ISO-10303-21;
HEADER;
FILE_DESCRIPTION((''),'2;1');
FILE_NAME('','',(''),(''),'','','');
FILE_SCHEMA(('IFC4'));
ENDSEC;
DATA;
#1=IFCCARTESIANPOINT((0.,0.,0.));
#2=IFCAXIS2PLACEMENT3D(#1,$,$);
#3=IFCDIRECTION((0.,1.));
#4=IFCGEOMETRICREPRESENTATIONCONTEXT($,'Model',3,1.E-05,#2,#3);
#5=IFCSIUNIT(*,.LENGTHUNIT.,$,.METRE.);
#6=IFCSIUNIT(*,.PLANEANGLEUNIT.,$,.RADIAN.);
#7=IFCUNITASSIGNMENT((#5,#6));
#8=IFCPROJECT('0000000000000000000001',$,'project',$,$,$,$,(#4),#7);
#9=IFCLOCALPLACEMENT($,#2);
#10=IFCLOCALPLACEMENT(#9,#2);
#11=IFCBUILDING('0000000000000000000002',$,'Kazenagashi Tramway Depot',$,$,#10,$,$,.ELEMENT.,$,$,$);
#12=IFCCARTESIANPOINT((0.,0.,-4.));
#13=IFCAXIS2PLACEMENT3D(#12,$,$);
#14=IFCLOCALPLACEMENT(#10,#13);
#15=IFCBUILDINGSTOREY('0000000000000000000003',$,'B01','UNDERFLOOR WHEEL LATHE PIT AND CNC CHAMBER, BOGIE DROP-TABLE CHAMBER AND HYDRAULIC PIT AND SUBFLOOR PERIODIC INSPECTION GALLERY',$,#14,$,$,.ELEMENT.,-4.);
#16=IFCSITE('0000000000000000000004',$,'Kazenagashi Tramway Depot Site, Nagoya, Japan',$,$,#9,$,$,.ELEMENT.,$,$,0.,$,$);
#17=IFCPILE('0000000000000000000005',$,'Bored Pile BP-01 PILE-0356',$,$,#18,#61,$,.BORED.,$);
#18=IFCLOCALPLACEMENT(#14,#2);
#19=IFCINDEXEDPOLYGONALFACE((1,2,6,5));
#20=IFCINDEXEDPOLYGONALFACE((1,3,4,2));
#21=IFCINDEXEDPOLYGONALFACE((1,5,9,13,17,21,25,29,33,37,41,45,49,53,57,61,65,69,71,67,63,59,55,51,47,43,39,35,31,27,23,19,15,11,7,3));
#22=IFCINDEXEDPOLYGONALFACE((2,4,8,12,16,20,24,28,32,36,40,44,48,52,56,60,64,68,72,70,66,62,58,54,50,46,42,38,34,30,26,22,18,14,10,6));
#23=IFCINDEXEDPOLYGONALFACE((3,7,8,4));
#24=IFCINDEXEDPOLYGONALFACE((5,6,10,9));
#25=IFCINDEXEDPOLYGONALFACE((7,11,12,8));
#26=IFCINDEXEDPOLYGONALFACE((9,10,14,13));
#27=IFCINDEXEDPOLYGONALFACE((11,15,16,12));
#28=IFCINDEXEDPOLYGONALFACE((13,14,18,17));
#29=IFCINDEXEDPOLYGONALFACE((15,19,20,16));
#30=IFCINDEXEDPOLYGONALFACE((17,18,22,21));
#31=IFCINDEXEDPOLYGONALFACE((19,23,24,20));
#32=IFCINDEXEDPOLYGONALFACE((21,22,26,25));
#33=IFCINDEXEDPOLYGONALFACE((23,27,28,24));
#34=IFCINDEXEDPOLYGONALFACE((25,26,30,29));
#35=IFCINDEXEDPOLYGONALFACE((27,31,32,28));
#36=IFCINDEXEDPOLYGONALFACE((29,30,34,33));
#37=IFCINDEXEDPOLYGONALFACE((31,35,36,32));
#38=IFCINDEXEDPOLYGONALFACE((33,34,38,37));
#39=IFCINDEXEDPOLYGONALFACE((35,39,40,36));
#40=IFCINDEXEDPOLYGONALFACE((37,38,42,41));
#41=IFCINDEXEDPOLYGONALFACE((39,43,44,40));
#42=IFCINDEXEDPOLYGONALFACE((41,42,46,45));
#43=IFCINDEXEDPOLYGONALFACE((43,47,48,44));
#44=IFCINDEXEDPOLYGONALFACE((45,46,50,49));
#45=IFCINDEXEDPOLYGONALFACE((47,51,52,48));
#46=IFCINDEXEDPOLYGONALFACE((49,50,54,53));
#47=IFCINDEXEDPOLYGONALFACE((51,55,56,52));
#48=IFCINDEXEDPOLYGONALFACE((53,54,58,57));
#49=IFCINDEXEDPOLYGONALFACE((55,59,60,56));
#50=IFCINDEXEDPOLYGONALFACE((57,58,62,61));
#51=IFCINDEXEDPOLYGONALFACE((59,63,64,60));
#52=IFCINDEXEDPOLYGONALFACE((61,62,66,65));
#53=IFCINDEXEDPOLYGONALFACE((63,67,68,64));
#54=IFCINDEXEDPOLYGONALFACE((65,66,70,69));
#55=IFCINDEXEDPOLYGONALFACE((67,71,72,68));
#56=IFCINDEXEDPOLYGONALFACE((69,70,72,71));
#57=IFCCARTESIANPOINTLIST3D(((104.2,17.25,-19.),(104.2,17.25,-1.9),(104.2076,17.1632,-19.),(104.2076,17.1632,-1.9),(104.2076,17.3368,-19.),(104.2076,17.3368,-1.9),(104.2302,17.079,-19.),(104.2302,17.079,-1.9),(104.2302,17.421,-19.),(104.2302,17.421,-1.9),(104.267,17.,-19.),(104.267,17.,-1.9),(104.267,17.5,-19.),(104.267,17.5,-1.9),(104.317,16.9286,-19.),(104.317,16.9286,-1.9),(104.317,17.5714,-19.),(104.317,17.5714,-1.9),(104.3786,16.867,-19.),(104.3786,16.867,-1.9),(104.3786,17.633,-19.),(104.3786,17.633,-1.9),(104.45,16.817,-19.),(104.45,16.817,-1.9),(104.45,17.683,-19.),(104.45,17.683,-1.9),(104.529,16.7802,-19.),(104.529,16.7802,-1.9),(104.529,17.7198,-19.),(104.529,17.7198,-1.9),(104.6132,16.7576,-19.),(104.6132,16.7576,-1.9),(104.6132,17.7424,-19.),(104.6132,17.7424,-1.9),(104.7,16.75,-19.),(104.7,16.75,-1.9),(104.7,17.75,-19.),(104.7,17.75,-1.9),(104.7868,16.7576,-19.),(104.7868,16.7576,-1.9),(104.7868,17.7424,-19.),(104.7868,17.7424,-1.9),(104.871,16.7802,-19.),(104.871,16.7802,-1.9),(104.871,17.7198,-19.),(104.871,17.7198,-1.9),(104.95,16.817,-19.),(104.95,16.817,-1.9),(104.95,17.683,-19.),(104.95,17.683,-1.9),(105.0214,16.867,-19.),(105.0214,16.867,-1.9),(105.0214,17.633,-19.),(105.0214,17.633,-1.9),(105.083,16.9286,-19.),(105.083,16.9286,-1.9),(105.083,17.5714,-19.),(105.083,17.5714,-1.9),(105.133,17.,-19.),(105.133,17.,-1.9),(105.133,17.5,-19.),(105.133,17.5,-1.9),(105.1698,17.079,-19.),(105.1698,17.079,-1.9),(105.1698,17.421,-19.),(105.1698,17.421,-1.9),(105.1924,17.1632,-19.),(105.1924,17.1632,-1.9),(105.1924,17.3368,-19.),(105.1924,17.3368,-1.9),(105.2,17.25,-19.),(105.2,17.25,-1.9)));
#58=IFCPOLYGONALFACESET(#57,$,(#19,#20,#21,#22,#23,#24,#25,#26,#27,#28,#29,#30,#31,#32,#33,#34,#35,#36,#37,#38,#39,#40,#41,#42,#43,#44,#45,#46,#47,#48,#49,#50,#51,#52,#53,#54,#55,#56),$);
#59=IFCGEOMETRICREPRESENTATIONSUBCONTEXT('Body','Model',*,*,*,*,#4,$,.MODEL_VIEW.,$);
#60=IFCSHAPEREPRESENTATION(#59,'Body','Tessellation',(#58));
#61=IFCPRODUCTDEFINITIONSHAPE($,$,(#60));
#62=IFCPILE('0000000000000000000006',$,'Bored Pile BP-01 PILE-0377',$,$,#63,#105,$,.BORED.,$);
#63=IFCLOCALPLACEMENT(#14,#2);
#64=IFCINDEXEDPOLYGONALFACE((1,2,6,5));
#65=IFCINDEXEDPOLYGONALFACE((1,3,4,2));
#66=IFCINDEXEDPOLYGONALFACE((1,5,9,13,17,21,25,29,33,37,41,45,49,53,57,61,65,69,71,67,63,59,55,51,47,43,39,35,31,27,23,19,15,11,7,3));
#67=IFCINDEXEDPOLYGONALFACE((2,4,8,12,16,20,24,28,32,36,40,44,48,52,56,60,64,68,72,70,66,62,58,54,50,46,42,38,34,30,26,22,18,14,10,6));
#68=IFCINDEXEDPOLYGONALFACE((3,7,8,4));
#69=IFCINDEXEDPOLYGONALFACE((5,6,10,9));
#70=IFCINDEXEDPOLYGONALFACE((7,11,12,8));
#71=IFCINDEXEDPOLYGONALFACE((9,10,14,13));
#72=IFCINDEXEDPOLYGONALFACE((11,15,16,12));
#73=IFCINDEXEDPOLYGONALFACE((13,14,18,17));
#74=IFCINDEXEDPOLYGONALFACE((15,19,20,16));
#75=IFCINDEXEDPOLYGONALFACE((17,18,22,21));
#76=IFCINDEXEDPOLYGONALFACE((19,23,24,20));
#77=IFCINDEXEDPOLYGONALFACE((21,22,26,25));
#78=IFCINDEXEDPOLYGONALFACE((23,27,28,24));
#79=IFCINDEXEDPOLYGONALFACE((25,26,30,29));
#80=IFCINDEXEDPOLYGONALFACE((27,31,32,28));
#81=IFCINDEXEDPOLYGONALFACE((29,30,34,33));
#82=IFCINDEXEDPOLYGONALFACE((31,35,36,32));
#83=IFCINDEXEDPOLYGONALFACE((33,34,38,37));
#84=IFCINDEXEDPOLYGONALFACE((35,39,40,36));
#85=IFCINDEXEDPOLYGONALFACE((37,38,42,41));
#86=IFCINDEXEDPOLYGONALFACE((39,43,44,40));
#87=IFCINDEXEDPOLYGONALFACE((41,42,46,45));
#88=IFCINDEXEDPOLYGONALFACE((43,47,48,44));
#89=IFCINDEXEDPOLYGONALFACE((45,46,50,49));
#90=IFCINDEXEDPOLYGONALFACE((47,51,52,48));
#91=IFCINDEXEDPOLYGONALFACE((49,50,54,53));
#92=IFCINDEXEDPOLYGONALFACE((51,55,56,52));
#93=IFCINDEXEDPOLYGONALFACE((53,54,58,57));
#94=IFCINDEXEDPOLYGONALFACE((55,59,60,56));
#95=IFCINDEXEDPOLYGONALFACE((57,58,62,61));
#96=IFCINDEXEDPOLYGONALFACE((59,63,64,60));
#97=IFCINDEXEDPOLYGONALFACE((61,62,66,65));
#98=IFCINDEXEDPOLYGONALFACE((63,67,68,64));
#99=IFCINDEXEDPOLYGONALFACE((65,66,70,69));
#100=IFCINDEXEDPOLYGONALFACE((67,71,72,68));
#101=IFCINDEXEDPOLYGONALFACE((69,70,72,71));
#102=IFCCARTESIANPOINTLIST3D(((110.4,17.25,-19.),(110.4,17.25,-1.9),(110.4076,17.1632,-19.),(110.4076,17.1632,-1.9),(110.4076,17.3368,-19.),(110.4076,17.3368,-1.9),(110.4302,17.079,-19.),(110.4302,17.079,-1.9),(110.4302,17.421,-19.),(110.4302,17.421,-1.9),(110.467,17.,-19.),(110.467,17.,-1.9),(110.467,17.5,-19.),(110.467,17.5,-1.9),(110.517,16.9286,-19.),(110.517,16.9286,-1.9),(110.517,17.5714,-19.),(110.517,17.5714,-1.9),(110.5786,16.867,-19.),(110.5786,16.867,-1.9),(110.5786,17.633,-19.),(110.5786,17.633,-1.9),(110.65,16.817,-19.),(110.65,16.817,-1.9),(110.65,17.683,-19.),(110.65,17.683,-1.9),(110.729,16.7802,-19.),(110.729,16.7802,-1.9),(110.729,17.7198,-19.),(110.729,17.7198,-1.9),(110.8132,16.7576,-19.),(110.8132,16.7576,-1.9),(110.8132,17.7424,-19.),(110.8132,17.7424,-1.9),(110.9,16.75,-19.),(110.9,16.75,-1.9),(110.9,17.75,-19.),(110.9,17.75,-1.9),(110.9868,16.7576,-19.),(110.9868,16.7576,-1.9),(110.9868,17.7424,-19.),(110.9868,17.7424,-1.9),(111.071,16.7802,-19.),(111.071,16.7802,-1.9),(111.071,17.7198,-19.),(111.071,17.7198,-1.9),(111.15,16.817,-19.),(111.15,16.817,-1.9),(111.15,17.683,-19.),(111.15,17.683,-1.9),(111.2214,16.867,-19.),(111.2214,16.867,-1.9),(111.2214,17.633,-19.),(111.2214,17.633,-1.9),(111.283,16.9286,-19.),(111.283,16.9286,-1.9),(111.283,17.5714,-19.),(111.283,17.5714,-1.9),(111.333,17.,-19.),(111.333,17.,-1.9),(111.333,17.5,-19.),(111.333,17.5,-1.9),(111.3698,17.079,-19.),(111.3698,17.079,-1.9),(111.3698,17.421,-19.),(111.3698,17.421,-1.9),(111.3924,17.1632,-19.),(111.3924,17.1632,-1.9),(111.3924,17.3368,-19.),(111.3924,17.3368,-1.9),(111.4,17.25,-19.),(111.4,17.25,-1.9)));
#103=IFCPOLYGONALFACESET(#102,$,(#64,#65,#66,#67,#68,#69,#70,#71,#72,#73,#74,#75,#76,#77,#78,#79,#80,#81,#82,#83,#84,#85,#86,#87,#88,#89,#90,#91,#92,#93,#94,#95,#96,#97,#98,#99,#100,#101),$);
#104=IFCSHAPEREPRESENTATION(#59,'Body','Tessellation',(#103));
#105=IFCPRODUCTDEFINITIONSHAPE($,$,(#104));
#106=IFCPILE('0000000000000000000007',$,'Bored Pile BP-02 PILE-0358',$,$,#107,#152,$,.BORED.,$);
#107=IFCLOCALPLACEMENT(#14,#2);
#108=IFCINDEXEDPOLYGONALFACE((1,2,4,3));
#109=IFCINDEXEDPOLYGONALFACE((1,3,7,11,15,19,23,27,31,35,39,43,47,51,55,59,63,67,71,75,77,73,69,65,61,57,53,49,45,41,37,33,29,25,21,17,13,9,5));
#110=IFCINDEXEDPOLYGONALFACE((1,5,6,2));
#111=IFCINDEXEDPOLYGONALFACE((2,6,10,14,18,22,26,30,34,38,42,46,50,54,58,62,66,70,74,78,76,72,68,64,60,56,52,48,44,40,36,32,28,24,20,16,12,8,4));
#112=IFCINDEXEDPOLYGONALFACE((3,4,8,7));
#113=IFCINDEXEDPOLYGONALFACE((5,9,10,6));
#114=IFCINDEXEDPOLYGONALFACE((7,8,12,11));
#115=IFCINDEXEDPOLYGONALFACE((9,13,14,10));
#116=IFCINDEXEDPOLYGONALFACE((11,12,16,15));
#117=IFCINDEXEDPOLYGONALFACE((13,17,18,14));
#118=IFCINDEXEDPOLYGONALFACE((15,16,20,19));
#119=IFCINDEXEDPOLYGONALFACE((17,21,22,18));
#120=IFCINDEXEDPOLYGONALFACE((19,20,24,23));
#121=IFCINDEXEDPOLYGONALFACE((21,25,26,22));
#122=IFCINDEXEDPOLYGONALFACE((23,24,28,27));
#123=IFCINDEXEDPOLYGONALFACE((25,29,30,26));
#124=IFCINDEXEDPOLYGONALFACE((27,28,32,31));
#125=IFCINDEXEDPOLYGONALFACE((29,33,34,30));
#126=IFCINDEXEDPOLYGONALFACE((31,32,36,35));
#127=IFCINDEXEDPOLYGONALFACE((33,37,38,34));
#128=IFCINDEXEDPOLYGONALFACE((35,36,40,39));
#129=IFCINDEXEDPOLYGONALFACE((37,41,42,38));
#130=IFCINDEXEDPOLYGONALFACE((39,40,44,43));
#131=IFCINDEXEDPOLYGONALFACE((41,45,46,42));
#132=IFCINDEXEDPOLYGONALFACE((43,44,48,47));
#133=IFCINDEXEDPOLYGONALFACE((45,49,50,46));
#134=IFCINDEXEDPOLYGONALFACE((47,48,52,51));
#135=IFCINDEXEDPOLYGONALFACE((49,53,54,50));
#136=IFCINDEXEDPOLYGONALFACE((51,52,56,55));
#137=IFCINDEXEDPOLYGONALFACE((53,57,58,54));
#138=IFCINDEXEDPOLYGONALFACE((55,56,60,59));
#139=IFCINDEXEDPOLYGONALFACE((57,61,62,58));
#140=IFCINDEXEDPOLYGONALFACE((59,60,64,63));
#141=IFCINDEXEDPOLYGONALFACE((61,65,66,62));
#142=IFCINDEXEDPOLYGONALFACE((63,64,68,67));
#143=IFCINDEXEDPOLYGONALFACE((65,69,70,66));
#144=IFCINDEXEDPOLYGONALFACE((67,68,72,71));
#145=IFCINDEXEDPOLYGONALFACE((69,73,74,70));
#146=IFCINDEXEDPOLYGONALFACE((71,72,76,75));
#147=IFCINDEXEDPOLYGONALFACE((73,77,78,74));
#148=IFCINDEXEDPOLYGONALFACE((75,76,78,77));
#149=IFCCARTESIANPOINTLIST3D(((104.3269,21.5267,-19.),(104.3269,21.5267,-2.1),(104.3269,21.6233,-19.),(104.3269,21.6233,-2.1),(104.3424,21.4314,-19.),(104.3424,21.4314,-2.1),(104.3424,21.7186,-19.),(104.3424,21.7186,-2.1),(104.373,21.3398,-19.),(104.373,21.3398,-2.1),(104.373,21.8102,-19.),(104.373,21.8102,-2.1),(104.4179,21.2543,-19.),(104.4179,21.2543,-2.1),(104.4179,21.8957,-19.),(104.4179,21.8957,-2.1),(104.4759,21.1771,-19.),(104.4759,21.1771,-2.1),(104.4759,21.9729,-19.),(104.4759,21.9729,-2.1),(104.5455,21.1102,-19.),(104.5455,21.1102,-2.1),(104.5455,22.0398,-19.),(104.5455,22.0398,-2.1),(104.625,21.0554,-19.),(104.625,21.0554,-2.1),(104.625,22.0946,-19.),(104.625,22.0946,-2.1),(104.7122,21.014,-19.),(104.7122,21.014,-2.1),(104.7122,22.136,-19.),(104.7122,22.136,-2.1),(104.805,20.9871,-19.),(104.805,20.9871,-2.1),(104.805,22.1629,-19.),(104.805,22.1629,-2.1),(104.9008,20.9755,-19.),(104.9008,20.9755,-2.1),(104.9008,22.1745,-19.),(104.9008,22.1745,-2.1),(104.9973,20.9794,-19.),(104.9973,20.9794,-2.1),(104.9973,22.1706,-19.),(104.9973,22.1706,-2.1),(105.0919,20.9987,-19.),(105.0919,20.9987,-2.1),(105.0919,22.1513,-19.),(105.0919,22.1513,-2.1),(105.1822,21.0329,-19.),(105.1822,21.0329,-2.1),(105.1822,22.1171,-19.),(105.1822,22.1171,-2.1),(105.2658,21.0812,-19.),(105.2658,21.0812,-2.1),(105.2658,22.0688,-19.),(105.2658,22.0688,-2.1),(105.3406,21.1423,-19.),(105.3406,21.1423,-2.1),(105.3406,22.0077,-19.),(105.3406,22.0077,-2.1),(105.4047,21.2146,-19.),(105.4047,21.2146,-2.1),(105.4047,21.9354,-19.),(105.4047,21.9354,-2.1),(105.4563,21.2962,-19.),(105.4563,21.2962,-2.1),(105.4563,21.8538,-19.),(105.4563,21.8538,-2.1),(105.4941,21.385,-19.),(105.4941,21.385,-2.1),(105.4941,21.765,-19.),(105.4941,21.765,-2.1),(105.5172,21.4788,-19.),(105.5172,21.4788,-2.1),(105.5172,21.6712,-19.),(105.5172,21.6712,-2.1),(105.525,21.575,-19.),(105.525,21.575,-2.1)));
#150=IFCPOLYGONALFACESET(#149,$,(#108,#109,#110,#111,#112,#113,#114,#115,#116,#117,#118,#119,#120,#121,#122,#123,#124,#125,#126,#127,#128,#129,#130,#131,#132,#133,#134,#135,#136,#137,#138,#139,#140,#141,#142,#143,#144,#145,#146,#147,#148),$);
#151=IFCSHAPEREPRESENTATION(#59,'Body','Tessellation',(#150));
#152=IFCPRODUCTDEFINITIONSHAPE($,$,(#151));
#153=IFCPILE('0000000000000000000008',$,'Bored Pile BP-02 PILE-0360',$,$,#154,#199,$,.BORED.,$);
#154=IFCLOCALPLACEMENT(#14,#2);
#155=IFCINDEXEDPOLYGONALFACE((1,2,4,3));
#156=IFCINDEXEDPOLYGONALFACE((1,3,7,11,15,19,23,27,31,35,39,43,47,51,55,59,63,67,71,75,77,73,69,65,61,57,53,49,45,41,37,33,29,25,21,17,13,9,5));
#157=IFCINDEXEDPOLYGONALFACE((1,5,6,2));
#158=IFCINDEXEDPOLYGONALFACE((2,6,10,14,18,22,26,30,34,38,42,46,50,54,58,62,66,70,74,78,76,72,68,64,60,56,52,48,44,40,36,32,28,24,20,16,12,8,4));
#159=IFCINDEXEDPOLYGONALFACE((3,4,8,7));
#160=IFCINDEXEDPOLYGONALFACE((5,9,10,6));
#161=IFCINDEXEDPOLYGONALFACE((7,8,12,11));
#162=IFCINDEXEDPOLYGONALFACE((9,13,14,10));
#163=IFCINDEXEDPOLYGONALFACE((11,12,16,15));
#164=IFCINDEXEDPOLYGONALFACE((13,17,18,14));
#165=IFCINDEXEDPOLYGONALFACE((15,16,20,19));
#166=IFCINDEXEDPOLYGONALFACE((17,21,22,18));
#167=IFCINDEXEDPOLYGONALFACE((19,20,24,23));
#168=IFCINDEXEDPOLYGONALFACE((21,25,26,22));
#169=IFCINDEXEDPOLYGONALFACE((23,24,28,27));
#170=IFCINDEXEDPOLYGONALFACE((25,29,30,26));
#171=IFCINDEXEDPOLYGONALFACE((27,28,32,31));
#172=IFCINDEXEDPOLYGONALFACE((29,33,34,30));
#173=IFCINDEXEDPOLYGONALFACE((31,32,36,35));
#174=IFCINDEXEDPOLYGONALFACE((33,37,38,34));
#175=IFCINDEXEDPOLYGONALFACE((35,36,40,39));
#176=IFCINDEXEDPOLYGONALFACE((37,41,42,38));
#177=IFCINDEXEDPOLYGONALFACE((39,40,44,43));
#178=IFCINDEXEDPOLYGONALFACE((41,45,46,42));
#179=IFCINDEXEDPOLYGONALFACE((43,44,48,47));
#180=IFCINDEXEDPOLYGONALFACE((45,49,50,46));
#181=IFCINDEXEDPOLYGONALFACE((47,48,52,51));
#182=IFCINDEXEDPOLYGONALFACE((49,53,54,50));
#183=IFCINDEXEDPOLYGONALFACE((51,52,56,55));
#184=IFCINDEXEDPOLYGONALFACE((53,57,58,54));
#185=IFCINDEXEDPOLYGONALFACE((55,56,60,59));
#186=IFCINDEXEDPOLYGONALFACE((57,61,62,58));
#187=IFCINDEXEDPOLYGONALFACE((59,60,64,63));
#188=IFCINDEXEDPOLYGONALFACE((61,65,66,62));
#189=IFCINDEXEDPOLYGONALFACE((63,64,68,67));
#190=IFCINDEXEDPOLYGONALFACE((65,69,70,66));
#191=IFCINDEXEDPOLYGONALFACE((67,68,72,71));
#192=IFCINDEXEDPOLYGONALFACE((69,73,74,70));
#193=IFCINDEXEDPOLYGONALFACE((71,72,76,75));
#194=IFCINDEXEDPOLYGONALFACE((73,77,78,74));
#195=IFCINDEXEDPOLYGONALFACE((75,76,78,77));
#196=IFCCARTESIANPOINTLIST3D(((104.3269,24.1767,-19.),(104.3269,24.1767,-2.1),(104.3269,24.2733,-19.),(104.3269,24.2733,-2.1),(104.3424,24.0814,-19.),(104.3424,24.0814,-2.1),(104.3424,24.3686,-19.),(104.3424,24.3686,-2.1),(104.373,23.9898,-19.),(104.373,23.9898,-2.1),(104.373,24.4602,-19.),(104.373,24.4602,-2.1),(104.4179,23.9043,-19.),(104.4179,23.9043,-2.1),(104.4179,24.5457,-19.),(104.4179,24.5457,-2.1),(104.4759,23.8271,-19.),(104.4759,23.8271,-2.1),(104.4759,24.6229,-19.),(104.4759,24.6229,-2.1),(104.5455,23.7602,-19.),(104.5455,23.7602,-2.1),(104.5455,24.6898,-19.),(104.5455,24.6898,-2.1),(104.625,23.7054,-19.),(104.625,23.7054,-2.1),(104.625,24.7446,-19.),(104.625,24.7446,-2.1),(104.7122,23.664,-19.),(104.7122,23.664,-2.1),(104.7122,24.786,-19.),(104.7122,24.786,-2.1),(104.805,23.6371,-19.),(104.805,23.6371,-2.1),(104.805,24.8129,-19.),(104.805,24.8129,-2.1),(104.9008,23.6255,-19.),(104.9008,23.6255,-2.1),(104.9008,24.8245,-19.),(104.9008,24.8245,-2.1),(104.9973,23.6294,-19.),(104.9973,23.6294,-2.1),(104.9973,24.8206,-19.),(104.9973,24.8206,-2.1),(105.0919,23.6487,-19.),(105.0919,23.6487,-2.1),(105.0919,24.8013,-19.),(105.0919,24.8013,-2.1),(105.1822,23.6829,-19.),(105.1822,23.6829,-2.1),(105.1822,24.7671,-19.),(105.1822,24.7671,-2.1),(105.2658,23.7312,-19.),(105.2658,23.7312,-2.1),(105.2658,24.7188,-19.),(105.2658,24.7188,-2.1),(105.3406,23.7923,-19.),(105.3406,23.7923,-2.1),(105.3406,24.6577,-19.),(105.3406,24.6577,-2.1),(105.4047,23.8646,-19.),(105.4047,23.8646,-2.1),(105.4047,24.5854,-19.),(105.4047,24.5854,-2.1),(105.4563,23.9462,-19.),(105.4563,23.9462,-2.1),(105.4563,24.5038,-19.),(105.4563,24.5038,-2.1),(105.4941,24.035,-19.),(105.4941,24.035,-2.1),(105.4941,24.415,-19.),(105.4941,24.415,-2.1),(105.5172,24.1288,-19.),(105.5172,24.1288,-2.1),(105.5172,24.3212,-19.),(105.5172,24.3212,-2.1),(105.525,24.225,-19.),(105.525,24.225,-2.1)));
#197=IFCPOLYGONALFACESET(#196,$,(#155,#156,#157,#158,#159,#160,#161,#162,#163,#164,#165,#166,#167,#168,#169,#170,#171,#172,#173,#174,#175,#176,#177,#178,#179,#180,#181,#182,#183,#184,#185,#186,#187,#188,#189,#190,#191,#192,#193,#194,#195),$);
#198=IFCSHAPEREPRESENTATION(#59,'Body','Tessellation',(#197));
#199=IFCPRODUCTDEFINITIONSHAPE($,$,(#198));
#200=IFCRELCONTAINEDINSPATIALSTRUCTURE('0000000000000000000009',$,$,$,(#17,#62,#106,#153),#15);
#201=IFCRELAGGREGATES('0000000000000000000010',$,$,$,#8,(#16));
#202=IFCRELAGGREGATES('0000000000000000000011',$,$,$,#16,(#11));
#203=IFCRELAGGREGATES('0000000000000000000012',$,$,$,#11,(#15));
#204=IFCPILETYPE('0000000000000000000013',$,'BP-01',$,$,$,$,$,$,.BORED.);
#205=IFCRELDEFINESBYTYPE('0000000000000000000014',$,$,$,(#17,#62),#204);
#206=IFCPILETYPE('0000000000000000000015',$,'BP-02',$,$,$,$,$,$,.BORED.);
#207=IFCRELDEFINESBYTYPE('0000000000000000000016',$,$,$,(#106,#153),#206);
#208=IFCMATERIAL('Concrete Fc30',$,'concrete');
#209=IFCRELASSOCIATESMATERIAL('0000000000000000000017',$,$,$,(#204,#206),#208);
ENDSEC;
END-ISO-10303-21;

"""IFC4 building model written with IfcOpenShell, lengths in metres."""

from ifc_helpers import new_model, si_unit, direction, frame, origin, origin_2d, place, context, subcontext, project, spatial, circle, extrude, material, material_profile, profile_set, type_object, element, save


model = new_model("IFC4")

# Units and contexts
model_context = context("Model", 3, precision=1e-05, world=origin(), true_north=direction((0.0, 1.0)))
body_context = subcontext(model_context, "Body", "Model", "MODEL_VIEW")
ifc_project = project(units=[si_unit("LENGTHUNIT", "METRE"), si_unit("PLANEANGLEUNIT", "RADIAN")], contexts=[model_context])

# Site, building, storey
site_placement = place(None, origin())
site = spatial("IfcSite", under=ifc_project, at=site_placement, Name="Kazenagashi Tramway Depot Site, Nagoya, Japan", CompositionType="ELEMENT", RefElevation=0.0)
building_placement = place(site_placement, origin())
building = spatial("IfcBuilding", under=site, at=building_placement, Name="Kazenagashi Tramway Depot", CompositionType="ELEMENT")
storey_placement = place(building_placement, frame((0.0, 0.0, -4.0)))
storey = spatial("IfcBuildingStorey", under=building, at=storey_placement, Name="B01", Description="UNDERFLOOR WHEEL LATHE PIT AND CNC CHAMBER, BOGIE DROP-TABLE CHAMBER AND HYDRAULIC PIT AND SUBFLOOR PERIODIC INSPECTION GALLERY", CompositionType="ELEMENT", Elevation=-4.0)

# Piles
ifc_material_1 = material(Name="Concrete Fc30", Category="concrete")
ifc_material_profile_1 = material_profile(ifc_material_1, circle(Radius=0.5, at=origin_2d()), Name="PILE-1000")
ifc_profile_set_1 = profile_set([ifc_material_profile_1], Name="Concrete Fc30")
pile_type_1 = type_object("IfcPileType", Name="BP-01", PredefinedType="BORED", material=ifc_profile_set_1)
for number, where, z_axis, x_axis, name in (
    (1, (104.7, 17.25, -1.9), (0.0, 0.0, -1.0), (1.0, 0.0, 0.0), "Bored Pile BP-01 PILE-0356"),
    (2, (110.9, 17.25, -1.9), (0.0, 0.0, -1.0), (1.0, 0.0, 0.0), "Bored Pile BP-01 PILE-0377"),
):
    element("IfcPile", number, at=place(storey_placement, frame(where, z_axis=z_axis, x_axis=x_axis)), inside=storey, type_object=pile_type_1, Name=name, PredefinedType="BORED", context=body_context, shape_type="SweptSolid", body=[
        extrude(circle(Radius=0.5, at=origin_2d()), origin(), (0.0, 0.0, 1.0), 17.1),
    ])
ifc_material_profile_2 = material_profile(ifc_material_1, circle(Radius=0.6, at=origin_2d()), Name="PILE-1200")
ifc_profile_set_2 = profile_set([ifc_material_profile_2], Name="Concrete Fc30")
pile_type_2 = type_object("IfcPileType", Name="BP-02", PredefinedType="BORED", material=ifc_profile_set_2)
for number, where, z_axis, x_axis, name in (
    (3, (104.925, 21.575, -2.1), (0.0, 0.0, -1.0), (1.0, 0.0, 0.0), "Bored Pile BP-02 PILE-0358"),
    (4, (104.925, 24.225, -2.1), (0.0, 0.0, -1.0), (1.0, 0.0, 0.0), "Bored Pile BP-02 PILE-0360"),
):
    element("IfcPile", number, at=place(storey_placement, frame(where, z_axis=z_axis, x_axis=x_axis)), inside=storey, type_object=pile_type_2, Name=name, PredefinedType="BORED", context=body_context, shape_type="SweptSolid", body=[
        extrude(circle(Radius=0.6, at=origin_2d()), origin(), (0.0, 0.0, 1.0), 16.9),
    ])

save(model, "model.ifc")
